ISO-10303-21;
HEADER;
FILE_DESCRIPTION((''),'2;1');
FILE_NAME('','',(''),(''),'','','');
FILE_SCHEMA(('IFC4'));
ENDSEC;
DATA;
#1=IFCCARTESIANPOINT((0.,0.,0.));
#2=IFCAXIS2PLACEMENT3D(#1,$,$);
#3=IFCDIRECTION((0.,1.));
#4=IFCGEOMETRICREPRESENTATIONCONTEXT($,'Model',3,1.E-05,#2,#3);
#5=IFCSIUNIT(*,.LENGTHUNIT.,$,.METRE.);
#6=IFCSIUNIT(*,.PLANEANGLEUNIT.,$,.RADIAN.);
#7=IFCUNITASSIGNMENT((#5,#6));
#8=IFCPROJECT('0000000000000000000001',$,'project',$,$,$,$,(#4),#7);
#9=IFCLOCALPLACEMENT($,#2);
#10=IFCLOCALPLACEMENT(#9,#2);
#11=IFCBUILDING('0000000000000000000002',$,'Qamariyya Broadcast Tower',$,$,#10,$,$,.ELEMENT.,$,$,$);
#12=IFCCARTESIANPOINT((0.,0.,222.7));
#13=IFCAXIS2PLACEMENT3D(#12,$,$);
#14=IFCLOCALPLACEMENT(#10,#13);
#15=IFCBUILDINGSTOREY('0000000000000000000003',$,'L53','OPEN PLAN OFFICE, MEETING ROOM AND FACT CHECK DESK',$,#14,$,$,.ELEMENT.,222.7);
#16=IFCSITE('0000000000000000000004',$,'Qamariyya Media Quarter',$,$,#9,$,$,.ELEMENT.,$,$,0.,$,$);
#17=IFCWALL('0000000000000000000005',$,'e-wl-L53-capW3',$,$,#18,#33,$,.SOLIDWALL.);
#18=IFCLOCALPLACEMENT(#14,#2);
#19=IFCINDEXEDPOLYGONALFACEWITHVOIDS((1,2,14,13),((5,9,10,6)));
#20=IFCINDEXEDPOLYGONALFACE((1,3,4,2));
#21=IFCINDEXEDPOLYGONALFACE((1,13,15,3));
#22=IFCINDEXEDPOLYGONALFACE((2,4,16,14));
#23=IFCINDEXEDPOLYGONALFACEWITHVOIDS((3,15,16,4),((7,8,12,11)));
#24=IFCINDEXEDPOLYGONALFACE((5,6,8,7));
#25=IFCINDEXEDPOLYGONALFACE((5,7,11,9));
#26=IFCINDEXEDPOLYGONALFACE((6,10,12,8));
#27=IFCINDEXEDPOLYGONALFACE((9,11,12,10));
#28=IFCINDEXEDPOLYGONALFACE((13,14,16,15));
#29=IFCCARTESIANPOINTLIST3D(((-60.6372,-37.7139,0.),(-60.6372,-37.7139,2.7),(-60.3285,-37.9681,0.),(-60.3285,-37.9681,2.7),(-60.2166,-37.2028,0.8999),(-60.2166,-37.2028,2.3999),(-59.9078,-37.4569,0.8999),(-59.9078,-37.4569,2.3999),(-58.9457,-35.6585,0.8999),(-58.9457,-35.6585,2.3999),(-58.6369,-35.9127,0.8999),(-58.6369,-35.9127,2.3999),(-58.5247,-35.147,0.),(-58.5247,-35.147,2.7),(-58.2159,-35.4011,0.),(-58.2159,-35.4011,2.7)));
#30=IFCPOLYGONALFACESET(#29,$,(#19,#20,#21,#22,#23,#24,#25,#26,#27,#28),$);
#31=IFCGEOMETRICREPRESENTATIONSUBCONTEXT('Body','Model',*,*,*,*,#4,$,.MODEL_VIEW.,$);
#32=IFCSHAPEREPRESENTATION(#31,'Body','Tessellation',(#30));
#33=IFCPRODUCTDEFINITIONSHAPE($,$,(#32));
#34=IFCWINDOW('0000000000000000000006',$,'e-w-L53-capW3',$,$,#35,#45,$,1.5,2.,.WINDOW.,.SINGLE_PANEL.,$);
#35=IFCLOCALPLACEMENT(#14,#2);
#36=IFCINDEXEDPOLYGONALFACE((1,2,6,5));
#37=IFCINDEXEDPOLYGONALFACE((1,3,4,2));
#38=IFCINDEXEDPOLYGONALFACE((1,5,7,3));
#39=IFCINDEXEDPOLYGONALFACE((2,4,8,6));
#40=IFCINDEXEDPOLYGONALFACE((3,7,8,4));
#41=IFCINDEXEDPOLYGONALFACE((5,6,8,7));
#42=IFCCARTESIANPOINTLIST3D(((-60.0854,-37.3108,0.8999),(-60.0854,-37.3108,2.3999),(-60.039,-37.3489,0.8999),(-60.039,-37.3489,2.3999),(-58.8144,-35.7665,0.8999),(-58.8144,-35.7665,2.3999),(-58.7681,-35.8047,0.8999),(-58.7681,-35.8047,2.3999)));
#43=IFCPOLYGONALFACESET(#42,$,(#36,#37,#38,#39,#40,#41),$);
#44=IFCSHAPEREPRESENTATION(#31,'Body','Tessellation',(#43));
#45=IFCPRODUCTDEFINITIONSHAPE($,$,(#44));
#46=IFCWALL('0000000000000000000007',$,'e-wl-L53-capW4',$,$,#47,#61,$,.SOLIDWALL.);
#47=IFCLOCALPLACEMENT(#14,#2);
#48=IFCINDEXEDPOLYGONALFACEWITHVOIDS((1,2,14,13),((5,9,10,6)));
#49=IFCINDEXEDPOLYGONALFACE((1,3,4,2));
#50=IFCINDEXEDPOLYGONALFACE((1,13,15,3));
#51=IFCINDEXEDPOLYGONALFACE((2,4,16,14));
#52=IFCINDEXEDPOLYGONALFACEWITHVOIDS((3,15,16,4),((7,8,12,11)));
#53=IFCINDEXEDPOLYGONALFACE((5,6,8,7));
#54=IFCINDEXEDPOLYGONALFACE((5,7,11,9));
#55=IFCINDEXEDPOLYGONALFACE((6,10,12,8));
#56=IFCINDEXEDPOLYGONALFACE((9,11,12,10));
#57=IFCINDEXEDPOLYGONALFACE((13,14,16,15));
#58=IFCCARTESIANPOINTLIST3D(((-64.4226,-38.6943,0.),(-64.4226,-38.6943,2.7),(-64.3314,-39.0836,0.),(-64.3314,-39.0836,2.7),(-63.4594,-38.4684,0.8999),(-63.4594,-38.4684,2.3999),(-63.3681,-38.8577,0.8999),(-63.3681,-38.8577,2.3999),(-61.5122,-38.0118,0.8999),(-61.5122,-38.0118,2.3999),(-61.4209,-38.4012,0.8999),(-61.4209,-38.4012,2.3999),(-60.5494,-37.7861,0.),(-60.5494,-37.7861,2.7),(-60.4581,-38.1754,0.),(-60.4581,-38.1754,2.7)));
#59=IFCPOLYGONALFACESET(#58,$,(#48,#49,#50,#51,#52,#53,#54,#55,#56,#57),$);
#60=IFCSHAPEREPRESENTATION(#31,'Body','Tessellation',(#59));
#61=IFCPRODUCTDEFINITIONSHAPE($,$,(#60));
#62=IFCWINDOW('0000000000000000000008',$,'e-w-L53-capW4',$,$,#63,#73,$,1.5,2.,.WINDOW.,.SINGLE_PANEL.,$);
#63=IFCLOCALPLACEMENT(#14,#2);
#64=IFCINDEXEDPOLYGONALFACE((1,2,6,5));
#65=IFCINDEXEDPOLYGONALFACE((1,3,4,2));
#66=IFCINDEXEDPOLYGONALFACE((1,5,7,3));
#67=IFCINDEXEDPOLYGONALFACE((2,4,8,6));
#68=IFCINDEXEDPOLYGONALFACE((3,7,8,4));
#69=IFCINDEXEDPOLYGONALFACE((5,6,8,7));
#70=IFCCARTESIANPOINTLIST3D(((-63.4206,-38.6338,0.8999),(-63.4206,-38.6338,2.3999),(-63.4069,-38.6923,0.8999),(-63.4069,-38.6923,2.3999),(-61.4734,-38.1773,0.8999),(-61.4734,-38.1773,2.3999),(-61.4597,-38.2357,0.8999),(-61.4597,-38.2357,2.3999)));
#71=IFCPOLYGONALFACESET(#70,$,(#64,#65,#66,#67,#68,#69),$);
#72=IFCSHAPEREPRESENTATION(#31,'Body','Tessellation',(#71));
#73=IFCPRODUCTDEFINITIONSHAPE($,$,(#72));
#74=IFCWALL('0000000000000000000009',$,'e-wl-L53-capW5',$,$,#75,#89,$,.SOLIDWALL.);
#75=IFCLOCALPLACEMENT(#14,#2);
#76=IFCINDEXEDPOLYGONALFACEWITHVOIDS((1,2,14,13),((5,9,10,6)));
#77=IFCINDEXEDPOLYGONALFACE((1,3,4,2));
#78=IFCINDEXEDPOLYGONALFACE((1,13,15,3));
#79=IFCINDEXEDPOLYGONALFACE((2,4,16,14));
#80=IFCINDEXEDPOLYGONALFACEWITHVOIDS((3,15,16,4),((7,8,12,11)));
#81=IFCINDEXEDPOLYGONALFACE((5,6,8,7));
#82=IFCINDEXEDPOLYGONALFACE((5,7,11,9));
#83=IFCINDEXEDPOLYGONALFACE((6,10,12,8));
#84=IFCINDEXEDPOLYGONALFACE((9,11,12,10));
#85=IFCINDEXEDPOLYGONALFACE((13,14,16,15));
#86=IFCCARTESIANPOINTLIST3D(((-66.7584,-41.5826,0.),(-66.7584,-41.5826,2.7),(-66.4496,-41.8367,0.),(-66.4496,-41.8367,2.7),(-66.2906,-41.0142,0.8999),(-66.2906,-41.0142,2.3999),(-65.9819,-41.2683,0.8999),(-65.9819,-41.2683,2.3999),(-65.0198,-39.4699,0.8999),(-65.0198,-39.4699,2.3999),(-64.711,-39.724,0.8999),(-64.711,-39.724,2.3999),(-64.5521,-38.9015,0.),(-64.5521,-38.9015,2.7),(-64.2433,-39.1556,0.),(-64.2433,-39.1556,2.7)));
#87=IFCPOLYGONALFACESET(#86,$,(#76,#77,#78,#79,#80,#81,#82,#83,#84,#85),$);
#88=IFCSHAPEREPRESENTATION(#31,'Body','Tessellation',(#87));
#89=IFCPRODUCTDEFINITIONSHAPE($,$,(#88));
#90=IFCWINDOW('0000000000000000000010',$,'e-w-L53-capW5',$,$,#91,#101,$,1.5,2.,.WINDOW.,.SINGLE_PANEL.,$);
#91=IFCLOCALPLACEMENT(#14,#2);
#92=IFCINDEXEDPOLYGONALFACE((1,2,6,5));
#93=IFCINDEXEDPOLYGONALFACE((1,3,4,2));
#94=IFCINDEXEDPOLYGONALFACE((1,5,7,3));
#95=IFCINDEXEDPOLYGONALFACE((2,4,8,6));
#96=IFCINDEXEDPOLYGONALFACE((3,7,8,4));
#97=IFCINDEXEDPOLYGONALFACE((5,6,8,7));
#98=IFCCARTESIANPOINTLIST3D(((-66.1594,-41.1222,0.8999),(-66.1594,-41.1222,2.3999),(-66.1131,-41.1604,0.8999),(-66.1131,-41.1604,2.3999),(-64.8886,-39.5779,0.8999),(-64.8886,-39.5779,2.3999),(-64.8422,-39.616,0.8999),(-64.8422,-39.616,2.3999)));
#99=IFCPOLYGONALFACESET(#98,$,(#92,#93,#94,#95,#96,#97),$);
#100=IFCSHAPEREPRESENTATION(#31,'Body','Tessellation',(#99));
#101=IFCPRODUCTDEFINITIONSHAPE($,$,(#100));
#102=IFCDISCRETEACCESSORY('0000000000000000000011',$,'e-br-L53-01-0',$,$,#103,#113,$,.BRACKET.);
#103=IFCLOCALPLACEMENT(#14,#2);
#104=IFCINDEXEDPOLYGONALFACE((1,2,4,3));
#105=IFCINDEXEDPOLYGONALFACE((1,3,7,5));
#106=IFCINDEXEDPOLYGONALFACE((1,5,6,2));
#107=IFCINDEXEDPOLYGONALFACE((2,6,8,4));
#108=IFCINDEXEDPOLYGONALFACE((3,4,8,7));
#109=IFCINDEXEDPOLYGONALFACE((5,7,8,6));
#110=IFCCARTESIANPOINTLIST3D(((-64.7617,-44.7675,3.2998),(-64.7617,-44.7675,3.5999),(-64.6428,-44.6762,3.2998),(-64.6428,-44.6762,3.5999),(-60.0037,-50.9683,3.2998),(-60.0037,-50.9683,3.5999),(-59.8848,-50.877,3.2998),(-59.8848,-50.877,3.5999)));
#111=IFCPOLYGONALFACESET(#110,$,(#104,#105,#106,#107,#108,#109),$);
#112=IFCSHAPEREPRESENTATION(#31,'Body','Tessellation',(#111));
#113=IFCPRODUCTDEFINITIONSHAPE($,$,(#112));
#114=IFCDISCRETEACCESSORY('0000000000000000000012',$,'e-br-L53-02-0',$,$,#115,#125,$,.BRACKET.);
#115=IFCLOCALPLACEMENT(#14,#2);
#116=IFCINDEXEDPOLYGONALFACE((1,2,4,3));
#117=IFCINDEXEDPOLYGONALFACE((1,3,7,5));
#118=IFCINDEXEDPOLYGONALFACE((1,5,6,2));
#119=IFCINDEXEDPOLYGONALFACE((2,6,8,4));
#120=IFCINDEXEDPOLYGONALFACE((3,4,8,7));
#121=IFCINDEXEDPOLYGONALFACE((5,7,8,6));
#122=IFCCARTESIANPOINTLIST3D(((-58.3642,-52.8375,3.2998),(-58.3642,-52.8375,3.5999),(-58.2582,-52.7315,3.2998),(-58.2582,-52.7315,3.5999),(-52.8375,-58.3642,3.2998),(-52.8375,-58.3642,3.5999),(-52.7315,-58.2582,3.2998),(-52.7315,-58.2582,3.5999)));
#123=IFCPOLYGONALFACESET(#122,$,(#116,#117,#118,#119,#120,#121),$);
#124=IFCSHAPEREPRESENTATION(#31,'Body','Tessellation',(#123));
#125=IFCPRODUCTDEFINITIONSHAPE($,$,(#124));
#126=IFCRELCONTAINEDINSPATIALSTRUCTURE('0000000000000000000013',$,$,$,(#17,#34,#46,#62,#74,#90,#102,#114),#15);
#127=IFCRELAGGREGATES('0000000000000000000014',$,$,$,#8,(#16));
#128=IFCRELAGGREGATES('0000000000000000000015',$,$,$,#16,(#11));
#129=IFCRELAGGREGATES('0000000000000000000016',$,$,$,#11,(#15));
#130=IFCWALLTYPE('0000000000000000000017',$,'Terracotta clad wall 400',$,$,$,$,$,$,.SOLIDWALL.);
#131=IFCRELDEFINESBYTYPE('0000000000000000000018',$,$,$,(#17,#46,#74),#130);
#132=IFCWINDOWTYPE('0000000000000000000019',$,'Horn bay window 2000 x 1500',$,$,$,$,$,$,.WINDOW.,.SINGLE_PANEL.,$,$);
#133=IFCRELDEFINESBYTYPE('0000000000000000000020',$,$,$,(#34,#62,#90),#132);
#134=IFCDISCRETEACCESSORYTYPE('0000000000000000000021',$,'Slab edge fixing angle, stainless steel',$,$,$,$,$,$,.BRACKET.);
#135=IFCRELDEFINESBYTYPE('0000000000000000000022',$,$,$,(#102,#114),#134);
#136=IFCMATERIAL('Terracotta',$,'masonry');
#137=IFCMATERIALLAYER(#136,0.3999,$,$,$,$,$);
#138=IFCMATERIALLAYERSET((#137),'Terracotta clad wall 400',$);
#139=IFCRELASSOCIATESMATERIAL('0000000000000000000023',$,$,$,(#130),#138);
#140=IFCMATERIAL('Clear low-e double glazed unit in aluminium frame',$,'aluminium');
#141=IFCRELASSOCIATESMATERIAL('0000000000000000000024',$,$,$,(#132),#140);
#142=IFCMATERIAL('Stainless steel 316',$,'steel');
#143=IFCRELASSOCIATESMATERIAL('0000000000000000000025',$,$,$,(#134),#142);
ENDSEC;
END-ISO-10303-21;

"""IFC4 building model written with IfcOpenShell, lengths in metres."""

from ifc_helpers import new_model, si_unit, direction, frame, frame_2d, origin, origin_2d, place, context, subcontext, project, spatial, rectangle, extrude, material, layer, layer_set, type_object, element, fill, save


model = new_model("IFC4")

# Units and contexts
model_context = context("Model", 3, precision=1e-05, world=origin(), true_north=direction((0.0, 1.0)))
body_context = subcontext(model_context, "Body", "Model", "MODEL_VIEW")
ifc_project = project(units=[si_unit("LENGTHUNIT", "METRE"), si_unit("PLANEANGLEUNIT", "RADIAN")], contexts=[model_context])

# Site, building, storey
site_placement = place(None, origin())
site = spatial("IfcSite", under=ifc_project, at=site_placement, Name="Qamariyya Media Quarter", CompositionType="ELEMENT", RefElevation=0.0)
building_placement = place(site_placement, origin())
building = spatial("IfcBuilding", under=site, at=building_placement, Name="Qamariyya Broadcast Tower", CompositionType="ELEMENT")
storey_placement = place(building_placement, frame((0.0, 0.0, 222.7)))
storey = spatial("IfcBuildingStorey", under=building, at=storey_placement, Name="L53", Description="OPEN PLAN OFFICE, MEETING ROOM AND FACT CHECK DESK", CompositionType="ELEMENT", Elevation=222.7)

# Walls, openings, windows
ifc_material_1 = material(Name="Terracotta", Category="masonry")
ifc_layer = layer(ifc_material_1, 0.3999)
ifc_layer_set = layer_set([ifc_layer], Name="Terracotta clad wall 400")
wall_type = type_object("IfcWallType", Name="Terracotta clad wall 400", PredefinedType="SOLIDWALL", material=ifc_layer_set)
ifc_material_2 = material(Name="Clear low-e double glazed unit in aluminium frame", Category="aluminium")
window_type = type_object("IfcWindowType", Name="Horn bay window 2000 x 1500", PartitioningType="SINGLE_PANEL", PredefinedType="WINDOW", material=ifc_material_2)
wall_1_placement = place(storey_placement, frame((-58.3704, -35.2742, 0.0), z_axis=(0.0, 0.0, 1.0), x_axis=(-0.635463, -0.772132, 0.0)))
wall_1 = element("IfcWall", 1, at=wall_1_placement, inside=storey, type_object=wall_type, Name="e-wl-L53-capW3", PredefinedType="SOLIDWALL", context=body_context, shape_type="SweptSolid", body=[
    extrude(rectangle(XDim=3.3245, YDim=0.3999, at=frame_2d((1.6621, 0.0))), origin(), (0.0, 0.0, 1.0), 2.7),
])
opening_1_placement = place(wall_1_placement, frame((0.6624, 0.0, 0.8999)))
opening_1 = element("IfcOpeningElement", 2, at=opening_1_placement, cuts=wall_1, PredefinedType="OPENING", context=body_context, shape_type="SweptSolid", body=[
    extrude(rectangle(XDim=2.0, YDim=1.5, at=frame_2d((1.0, 0.75))), frame((0.0, 0.21, 0.0), z_axis=(0.0, -1.0, 0.0), x_axis=(1.0, 0.0, 0.0)), (0.0, 0.0, 1.0), 0.4199),
])
window_1_placement = place(opening_1_placement, origin())
window_1 = element("IfcWindow", 3, at=window_1_placement, inside=storey, type_object=window_type, Name="e-w-L53-capW3", OverallHeight=1.5, OverallWidth=2.0, PartitioningType="SINGLE_PANEL", PredefinedType="WINDOW", context=body_context, shape_type="SweptSolid", body=[
    extrude(rectangle(XDim=2.0, YDim=1.5, at=frame_2d((1.0, 0.75))), frame((0.0, 0.03, 0.0), z_axis=(0.0, -1.0, 0.0), x_axis=(1.0, 0.0, 0.0)), (0.0, 0.0, 1.0), 0.0601),
])
fill(opening_1, window_1)
wall_2_placement = place(storey_placement, frame((-60.5037, -37.9807, 0.0), z_axis=(0.0, 0.0, 1.0), x_axis=(-0.973594, -0.228287, 0.0)))
wall_2 = element("IfcWall", 4, at=wall_2_placement, inside=storey, type_object=wall_type, Name="e-wl-L53-capW4", PredefinedType="SOLIDWALL", context=body_context, shape_type="SweptSolid", body=[
    extrude(rectangle(XDim=3.9783, YDim=0.3999, at=frame_2d((1.9893, 0.0))), origin(), (0.0, 0.0, 1.0), 2.7),
])
opening_2_placement = place(wall_2_placement, frame((0.989, 0.0, 0.8999)))
opening_2 = element("IfcOpeningElement", 5, at=opening_2_placement, cuts=wall_2, PredefinedType="OPENING", context=body_context, shape_type="SweptSolid", body=[
    extrude(rectangle(XDim=2.0, YDim=1.5, at=frame_2d((1.0, 0.75))), frame((0.0, 0.21, 0.0), z_axis=(0.0, -1.0, 0.0), x_axis=(1.0, 0.0, 0.0)), (0.0, 0.0, 1.0), 0.4199),
])
window_2_placement = place(opening_2_placement, origin())
window_2 = element("IfcWindow", 6, at=window_2_placement, inside=storey, type_object=window_type, Name="e-w-L53-capW4", OverallHeight=1.5, OverallWidth=2.0, PartitioningType="SINGLE_PANEL", PredefinedType="WINDOW", context=body_context, shape_type="SweptSolid", body=[
    extrude(rectangle(XDim=2.0, YDim=1.5, at=frame_2d((1.0, 0.75))), frame((0.0, 0.03, 0.0), z_axis=(0.0, -1.0, 0.0), x_axis=(1.0, 0.0, 0.0)), (0.0, 0.0, 1.0), 0.0601),
])
fill(opening_2, window_2)
wall_3_placement = place(storey_placement, frame((-64.3977, -39.0286, 0.0), z_axis=(0.0, 0.0, 1.0), x_axis=(-0.635414, -0.772172, 0.0)))
wall_3 = element("IfcWall", 7, at=wall_3_placement, inside=storey, type_object=wall_type, Name="e-wl-L53-capW5", PredefinedType="SOLIDWALL", context=body_context, shape_type="SweptSolid", body=[
    extrude(rectangle(XDim=3.4722, YDim=0.3999, at=frame_2d((1.7361, 0.0))), origin(), (0.0, 0.0, 1.0), 2.7),
])
opening_3_placement = place(wall_3_placement, frame((0.7361, 0.0, 0.8999)))
opening_3 = element("IfcOpeningElement", 8, at=opening_3_placement, cuts=wall_3, PredefinedType="OPENING", context=body_context, shape_type="SweptSolid", body=[
    extrude(rectangle(XDim=2.0, YDim=1.5, at=frame_2d((1.0, 0.75))), frame((0.0, 0.21, 0.0), z_axis=(0.0, -1.0, 0.0), x_axis=(1.0, 0.0, 0.0)), (0.0, 0.0, 1.0), 0.4199),
])
window_3_placement = place(opening_3_placement, origin())
window_3 = element("IfcWindow", 9, at=window_3_placement, inside=storey, type_object=window_type, Name="e-w-L53-capW5", OverallHeight=1.5, OverallWidth=2.0, PartitioningType="SINGLE_PANEL", PredefinedType="WINDOW", context=body_context, shape_type="SweptSolid", body=[
    extrude(rectangle(XDim=2.0, YDim=1.5, at=frame_2d((1.0, 0.75))), frame((0.0, 0.03, 0.0), z_axis=(0.0, -1.0, 0.0), x_axis=(1.0, 0.0, 0.0)), (0.0, 0.0, 1.0), 0.0601),
])
fill(opening_3, window_3)

# Discrete accessories
ifc_material_3 = material(Name="Stainless steel 316", Category="steel")
discrete_accessory_type = type_object("IfcDiscreteAccessoryType", Name="Slab edge fixing angle, stainless steel", PredefinedType="BRACKET", material=ifc_material_3)
for number, where, z_axis, x_axis, name in (
    (10, (-62.3232, -47.8223, 3.2998), (0.0, 0.0, 1.0), (0.608761, -0.793353, 0.0), "e-br-L53-01-0"),
    (11, (-55.5479, -55.5479, 3.2998), (0.0, 0.0, 1.0), (0.707107, -0.707107, 0.0), "e-br-L53-02-0"),
):
    element("IfcDiscreteAccessory", number, at=place(storey_placement, frame(where, z_axis=z_axis, x_axis=x_axis)), inside=storey, type_object=discrete_accessory_type, Name=name, PredefinedType="BRACKET", context=body_context, shape_type="SweptSolid", body=[
        extrude(rectangle(XDim=7.8159, YDim=0.1499, at=origin_2d()), origin(), (0.0, 0.0, 1.0), 0.3),
    ])

save(model, "model.ifc")
